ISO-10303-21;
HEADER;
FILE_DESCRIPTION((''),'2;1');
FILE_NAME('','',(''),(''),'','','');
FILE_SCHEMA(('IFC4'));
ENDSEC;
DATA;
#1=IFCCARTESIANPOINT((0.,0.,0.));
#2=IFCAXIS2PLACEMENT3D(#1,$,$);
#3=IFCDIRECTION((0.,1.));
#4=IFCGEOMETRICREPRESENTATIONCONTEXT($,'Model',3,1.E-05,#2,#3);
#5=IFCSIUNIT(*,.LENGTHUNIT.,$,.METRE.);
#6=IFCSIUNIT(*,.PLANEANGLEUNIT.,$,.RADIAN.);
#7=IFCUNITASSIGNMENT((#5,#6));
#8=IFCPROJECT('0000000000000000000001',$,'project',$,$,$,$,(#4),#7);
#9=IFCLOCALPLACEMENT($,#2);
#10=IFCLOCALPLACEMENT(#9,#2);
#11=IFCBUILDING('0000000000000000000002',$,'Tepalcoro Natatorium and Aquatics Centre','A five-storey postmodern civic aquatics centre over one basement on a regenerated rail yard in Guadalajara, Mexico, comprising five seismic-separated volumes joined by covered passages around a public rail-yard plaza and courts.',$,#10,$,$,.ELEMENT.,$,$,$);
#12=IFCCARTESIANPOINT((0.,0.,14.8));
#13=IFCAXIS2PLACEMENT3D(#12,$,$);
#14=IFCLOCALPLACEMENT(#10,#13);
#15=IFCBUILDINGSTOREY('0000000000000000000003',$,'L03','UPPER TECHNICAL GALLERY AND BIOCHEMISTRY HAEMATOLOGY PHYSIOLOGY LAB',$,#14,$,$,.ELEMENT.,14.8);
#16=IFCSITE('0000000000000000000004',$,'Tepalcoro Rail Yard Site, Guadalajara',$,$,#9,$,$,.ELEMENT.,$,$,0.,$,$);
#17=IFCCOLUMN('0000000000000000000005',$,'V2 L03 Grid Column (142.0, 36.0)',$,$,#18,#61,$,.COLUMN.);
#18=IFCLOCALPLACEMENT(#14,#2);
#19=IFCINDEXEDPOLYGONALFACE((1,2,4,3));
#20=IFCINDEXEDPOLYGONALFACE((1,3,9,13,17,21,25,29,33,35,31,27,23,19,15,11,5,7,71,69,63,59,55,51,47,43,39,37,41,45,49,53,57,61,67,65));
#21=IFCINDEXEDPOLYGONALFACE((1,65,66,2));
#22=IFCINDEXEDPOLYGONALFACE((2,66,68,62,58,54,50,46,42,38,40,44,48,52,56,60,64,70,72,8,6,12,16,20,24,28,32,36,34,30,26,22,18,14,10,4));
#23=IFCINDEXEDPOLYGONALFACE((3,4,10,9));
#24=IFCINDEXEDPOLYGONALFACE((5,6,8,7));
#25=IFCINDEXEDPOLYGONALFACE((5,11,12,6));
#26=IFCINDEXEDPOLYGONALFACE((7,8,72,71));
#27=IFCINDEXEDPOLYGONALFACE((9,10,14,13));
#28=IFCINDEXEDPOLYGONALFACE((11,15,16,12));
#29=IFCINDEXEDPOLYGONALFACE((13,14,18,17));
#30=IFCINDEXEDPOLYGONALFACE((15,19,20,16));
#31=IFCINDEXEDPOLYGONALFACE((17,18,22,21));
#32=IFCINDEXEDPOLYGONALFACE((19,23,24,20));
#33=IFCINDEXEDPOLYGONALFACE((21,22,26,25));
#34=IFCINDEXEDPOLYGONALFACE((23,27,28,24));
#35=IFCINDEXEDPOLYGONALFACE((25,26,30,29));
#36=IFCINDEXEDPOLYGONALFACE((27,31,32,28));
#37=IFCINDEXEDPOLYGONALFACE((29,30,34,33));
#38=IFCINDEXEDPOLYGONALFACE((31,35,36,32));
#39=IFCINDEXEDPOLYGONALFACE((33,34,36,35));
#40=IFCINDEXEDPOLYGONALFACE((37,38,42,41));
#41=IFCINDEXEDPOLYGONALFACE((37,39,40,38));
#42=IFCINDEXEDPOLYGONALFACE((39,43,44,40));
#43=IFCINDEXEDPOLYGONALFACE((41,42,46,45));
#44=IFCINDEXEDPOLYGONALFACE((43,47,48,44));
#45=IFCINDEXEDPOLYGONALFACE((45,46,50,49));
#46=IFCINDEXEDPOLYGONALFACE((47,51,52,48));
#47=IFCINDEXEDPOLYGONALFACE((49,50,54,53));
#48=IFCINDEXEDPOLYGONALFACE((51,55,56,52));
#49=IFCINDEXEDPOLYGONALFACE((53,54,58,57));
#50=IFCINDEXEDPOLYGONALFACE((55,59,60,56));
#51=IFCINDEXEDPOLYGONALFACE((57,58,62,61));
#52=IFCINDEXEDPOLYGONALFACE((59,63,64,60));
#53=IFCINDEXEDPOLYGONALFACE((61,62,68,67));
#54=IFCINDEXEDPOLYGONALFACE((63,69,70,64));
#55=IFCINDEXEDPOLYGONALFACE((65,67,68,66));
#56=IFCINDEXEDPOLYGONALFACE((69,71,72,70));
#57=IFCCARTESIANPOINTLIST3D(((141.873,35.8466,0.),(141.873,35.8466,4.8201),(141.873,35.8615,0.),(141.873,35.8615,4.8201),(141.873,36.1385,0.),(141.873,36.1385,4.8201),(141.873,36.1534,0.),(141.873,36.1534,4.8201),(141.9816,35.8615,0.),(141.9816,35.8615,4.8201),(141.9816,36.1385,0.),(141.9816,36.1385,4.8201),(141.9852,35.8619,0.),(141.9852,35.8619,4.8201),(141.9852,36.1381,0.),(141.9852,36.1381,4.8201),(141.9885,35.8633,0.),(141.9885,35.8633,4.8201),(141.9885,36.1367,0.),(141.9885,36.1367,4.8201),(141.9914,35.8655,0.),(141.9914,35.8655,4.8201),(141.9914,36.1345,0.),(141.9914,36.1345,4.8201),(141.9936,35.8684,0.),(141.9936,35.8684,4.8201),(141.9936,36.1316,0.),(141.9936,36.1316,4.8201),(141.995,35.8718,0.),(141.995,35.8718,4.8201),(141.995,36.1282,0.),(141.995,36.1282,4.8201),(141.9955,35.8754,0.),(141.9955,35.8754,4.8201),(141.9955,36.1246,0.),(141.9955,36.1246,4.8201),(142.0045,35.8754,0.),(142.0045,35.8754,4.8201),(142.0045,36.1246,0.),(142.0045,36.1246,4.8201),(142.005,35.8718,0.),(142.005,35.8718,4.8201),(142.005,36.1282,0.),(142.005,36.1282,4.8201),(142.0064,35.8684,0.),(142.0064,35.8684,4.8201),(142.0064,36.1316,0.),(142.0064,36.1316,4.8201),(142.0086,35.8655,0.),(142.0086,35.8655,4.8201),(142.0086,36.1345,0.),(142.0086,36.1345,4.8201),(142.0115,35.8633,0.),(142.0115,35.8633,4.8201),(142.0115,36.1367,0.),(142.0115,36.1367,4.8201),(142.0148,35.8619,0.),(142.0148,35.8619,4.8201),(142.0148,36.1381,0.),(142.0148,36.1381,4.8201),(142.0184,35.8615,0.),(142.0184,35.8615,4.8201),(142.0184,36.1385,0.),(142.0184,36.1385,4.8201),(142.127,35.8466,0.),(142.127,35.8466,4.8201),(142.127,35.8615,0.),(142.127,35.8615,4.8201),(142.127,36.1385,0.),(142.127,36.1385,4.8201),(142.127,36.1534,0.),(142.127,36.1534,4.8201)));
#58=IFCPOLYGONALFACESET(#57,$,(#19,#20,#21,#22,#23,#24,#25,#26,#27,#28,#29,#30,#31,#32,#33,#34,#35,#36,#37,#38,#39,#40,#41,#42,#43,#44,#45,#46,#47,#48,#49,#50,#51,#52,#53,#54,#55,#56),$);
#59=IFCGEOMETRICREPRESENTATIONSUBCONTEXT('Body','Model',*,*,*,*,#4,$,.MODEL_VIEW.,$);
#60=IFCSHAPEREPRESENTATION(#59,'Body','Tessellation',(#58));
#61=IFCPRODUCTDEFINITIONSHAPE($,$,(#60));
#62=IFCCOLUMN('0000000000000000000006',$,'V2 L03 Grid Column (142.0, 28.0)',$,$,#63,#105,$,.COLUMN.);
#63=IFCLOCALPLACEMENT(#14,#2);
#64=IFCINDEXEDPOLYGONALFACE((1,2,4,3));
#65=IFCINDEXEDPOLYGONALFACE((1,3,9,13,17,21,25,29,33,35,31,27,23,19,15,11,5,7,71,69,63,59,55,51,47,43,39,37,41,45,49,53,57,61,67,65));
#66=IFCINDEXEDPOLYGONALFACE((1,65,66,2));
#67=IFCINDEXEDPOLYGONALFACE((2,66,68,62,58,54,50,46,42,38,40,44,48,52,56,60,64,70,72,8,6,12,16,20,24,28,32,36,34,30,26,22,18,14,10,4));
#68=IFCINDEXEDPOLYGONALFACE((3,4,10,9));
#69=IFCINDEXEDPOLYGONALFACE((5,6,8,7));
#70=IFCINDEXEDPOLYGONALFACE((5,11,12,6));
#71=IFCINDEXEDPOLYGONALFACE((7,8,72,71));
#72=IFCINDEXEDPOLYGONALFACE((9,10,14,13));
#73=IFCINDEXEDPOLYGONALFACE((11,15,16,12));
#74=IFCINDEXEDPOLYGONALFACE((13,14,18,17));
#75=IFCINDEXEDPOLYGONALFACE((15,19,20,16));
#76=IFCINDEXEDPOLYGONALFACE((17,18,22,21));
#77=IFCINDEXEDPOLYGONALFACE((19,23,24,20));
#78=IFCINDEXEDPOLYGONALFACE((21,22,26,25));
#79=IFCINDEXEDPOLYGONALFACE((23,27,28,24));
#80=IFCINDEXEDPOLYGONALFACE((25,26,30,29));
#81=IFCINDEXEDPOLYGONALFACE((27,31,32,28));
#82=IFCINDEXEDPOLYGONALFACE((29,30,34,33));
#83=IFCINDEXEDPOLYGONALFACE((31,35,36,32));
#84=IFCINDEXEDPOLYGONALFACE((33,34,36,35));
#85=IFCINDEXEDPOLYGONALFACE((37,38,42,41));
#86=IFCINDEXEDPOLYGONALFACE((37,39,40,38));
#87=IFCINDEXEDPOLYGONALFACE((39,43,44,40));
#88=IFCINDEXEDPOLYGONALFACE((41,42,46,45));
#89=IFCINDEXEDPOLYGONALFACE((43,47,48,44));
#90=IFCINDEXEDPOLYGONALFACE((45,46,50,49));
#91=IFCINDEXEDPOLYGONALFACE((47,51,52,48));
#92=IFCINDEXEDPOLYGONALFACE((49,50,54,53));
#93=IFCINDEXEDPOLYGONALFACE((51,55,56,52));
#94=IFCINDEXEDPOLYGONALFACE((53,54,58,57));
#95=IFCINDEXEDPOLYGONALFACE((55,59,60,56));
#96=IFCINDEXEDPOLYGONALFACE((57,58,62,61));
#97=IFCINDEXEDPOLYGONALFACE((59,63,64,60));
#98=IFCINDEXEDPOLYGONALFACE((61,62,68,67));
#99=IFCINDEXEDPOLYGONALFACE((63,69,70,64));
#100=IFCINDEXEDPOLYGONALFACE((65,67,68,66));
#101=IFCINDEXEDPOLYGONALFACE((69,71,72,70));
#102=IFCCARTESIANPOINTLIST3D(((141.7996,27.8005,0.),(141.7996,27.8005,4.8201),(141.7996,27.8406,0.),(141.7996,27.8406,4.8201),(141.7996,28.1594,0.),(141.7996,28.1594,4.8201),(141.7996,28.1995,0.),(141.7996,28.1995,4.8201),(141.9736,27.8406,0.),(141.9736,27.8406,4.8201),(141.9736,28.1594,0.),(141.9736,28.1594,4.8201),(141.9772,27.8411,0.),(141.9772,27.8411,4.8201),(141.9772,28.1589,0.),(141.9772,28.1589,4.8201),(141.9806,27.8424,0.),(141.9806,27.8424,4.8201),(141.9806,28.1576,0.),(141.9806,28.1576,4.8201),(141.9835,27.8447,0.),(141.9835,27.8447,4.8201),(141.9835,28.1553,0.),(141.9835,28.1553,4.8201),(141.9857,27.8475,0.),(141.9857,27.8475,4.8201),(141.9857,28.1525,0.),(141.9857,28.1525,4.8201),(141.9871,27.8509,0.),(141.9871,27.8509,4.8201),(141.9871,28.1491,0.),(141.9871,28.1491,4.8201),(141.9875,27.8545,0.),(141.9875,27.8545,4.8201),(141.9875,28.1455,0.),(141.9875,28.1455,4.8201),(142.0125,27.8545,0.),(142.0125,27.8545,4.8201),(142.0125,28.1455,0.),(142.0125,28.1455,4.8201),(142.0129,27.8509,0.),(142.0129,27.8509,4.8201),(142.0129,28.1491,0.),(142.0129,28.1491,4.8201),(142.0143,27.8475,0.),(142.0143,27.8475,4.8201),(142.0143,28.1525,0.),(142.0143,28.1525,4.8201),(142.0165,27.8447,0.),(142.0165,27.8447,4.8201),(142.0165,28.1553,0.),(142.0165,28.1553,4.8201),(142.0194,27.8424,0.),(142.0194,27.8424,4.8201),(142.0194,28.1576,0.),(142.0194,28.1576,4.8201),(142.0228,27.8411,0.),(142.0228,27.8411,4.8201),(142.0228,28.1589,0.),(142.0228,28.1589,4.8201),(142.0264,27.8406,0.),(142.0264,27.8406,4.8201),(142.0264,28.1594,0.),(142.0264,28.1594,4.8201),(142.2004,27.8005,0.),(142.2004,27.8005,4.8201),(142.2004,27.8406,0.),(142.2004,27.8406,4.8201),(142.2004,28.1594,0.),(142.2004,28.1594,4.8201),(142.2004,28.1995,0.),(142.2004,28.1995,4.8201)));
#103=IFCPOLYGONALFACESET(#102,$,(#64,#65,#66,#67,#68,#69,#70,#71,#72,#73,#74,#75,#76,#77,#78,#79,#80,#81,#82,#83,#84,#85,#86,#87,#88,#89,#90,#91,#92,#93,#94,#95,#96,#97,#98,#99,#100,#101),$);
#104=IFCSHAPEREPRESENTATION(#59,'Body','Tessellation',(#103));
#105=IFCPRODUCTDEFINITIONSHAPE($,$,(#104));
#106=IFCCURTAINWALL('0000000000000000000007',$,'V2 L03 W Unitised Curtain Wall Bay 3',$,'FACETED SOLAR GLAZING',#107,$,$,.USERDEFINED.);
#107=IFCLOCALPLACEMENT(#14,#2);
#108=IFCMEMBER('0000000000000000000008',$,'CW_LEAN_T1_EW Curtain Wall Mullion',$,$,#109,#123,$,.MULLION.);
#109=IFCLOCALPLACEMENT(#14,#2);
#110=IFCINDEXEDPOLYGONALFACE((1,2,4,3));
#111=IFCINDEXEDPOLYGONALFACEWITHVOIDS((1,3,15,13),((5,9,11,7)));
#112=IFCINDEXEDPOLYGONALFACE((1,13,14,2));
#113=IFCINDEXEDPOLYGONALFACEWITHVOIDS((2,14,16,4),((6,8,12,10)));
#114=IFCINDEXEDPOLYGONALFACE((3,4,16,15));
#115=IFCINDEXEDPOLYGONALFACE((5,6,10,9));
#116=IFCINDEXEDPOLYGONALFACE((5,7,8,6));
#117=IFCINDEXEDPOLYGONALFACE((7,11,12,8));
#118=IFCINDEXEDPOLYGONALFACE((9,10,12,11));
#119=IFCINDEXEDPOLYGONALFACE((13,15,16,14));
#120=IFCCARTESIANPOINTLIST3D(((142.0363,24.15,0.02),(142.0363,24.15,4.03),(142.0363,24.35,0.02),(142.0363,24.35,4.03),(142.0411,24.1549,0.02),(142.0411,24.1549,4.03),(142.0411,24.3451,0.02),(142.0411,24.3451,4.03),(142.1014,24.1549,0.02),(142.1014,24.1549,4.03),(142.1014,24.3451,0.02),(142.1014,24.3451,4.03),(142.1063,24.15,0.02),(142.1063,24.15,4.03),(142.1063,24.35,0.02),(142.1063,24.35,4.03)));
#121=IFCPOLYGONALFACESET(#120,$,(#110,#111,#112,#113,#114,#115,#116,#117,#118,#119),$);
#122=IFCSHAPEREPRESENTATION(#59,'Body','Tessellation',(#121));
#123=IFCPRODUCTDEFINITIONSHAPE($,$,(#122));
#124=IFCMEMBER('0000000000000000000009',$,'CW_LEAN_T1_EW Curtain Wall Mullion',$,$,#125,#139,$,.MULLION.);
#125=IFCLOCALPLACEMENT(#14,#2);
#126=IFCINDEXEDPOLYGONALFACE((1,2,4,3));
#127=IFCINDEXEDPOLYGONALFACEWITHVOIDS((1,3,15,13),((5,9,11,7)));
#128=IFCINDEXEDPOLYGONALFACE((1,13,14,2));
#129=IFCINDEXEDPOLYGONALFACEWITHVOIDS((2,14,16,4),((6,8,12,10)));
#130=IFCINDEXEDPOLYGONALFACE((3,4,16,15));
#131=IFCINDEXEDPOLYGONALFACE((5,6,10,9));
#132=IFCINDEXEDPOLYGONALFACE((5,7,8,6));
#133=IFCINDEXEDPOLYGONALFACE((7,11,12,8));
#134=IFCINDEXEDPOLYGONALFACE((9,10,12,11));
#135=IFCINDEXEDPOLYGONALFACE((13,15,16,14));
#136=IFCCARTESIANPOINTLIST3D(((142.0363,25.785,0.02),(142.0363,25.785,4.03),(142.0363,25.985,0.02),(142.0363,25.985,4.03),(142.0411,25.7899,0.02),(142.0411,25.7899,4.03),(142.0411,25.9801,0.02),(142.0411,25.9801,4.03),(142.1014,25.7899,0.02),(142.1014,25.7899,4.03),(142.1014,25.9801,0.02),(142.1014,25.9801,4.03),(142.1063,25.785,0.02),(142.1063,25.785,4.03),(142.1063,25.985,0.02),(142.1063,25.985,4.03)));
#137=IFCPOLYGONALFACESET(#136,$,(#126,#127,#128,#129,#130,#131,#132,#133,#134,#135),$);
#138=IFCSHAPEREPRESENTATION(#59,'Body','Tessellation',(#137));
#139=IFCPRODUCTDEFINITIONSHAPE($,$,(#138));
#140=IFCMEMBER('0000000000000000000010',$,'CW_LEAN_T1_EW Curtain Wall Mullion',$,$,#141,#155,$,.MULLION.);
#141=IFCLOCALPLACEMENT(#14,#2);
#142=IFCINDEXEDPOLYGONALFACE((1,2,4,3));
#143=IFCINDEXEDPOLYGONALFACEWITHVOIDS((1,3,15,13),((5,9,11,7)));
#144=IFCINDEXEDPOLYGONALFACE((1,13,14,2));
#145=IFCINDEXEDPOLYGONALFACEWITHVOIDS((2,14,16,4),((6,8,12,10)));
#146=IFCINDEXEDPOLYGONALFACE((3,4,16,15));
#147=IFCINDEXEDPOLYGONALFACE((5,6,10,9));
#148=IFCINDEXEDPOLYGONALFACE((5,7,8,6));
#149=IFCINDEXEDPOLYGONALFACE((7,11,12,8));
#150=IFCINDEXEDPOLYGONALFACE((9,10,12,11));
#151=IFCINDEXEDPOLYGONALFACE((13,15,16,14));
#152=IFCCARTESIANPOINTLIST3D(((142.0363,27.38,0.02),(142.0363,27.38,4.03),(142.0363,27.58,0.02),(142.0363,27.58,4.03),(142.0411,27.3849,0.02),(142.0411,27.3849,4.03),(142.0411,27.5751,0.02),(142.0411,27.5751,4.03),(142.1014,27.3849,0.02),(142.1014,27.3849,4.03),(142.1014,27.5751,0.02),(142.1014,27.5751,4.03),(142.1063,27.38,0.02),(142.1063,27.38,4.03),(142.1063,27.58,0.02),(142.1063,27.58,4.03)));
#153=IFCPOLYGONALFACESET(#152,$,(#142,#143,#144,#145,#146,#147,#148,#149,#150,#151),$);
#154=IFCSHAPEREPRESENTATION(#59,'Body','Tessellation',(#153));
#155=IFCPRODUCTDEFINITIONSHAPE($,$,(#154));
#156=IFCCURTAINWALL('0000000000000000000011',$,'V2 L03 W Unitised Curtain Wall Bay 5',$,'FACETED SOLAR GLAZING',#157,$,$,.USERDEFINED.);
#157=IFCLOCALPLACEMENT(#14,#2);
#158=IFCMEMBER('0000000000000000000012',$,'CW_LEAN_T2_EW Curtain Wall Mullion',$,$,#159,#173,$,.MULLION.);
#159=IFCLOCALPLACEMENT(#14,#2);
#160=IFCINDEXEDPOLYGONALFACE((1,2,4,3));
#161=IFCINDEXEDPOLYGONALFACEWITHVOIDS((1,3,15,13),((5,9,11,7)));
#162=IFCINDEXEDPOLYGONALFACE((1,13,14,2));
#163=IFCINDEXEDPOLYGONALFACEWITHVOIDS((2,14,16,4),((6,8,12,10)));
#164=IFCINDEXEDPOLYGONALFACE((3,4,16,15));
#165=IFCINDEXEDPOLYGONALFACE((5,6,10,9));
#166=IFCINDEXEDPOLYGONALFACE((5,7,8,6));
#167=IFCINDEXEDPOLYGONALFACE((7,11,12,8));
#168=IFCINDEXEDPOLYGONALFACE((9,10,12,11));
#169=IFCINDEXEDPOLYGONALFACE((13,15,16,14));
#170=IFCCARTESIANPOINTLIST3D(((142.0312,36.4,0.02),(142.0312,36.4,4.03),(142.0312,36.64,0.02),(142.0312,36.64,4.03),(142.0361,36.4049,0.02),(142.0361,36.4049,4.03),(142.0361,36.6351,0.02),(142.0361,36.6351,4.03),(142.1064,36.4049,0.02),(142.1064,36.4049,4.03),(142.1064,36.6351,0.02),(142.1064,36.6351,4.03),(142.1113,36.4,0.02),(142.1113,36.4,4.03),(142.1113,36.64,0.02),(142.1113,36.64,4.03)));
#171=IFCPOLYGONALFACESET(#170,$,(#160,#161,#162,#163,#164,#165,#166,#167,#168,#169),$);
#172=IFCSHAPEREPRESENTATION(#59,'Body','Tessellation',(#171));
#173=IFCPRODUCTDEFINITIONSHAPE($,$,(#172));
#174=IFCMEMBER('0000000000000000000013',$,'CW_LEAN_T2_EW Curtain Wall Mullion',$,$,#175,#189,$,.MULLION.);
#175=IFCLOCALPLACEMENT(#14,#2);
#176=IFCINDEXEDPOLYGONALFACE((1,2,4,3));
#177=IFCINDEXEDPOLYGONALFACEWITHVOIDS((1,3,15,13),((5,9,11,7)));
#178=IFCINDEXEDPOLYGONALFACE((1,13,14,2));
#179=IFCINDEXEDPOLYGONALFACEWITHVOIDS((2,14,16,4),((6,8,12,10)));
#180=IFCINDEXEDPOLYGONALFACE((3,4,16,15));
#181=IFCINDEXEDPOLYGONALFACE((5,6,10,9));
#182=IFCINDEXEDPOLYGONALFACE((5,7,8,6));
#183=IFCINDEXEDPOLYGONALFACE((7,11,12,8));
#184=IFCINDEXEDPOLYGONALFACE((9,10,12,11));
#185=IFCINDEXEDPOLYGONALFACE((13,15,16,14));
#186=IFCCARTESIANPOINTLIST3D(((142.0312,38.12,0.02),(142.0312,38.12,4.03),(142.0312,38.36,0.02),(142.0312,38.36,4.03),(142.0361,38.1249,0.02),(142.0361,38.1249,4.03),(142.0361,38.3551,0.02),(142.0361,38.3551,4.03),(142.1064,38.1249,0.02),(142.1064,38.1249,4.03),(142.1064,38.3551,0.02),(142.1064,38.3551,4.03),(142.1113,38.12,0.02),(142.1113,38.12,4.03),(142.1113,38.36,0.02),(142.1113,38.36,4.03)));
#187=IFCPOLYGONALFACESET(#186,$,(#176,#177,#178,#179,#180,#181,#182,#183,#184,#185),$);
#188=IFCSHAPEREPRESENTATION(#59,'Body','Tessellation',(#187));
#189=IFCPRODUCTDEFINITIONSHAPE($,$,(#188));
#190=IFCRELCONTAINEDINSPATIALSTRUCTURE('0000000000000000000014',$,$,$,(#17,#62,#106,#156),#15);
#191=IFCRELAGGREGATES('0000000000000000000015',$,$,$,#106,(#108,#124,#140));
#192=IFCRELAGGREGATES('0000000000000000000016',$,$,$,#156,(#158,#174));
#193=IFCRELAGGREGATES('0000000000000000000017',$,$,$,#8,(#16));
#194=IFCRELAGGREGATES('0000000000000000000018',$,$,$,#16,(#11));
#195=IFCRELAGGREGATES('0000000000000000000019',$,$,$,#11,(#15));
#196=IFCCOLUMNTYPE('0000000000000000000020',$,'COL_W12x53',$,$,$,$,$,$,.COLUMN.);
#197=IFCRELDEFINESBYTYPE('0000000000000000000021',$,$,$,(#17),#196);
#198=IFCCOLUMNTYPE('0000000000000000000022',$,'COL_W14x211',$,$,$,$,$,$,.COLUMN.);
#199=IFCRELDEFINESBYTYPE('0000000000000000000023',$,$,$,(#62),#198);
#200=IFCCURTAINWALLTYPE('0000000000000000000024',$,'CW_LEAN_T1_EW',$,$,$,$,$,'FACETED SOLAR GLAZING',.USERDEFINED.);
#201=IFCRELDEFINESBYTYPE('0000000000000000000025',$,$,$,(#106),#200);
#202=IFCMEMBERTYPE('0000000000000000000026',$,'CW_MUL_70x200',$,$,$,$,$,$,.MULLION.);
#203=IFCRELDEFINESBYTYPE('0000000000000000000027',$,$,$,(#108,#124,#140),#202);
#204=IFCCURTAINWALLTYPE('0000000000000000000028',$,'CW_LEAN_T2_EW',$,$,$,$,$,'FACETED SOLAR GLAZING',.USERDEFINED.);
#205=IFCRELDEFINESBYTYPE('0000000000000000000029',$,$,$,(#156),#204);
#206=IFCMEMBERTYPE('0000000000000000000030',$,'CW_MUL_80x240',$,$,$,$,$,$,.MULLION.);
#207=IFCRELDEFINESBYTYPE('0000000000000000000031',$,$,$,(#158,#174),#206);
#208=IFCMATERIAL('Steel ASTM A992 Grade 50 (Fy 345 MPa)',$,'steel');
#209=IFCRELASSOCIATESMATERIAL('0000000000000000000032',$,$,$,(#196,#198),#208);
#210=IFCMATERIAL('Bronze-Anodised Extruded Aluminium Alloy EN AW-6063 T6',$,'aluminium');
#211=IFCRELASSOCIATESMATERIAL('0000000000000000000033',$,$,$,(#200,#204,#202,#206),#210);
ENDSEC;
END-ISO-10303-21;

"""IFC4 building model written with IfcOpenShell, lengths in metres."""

from ifc_helpers import new_model, si_unit, direction, frame, origin, origin_2d, place, context, subcontext, project, spatial, hollow_rectangle, i_section, extrude, material, material_profile, profile_set, type_object, element, aggregate, save


model = new_model("IFC4")

# Units and contexts
model_context = context("Model", 3, precision=1e-05, world=origin(), true_north=direction((0.0, 1.0)))
body_context = subcontext(model_context, "Body", "Model", "MODEL_VIEW")
ifc_project = project(units=[si_unit("LENGTHUNIT", "METRE"), si_unit("PLANEANGLEUNIT", "RADIAN")], contexts=[model_context])

# Site, building, storey
site_placement = place(None, origin())
site = spatial("IfcSite", under=ifc_project, at=site_placement, Name="Tepalcoro Rail Yard Site, Guadalajara", CompositionType="ELEMENT", RefElevation=0.0)
building_placement = place(site_placement, origin())
building = spatial("IfcBuilding", under=site, at=building_placement, Name="Tepalcoro Natatorium and Aquatics Centre", Description="A five-storey postmodern civic aquatics centre over one basement on a regenerated rail yard in Guadalajara, Mexico, comprising five seismic-separated volumes joined by covered passages around a public rail-yard plaza and courts.", CompositionType="ELEMENT")
storey_placement = place(building_placement, frame((0.0, 0.0, 14.8)))
storey = spatial("IfcBuildingStorey", under=building, at=storey_placement, Name="L03", Description="UPPER TECHNICAL GALLERY AND BIOCHEMISTRY HAEMATOLOGY PHYSIOLOGY LAB", CompositionType="ELEMENT", Elevation=14.8)

# Columns
ifc_material_1 = material(Name="Steel ASTM A992 Grade 50 (Fy 345 MPa)", Category="steel")
ifc_material_profile_1 = material_profile(ifc_material_1, i_section(OverallWidth=0.2539, OverallDepth=0.3069, WebThickness=0.009, FlangeThickness=0.0149, FilletRadius=0.0139, at=origin_2d()), Name="W12X53")
ifc_profile_set_1 = profile_set([ifc_material_profile_1], Name="Steel ASTM A992 Grade 50 (Fy 345 MPa)")
column_type_1 = type_object("IfcColumnType", Name="COL_W12x53", PredefinedType="COLUMN", material=ifc_profile_set_1)
column_1_placement = place(storey_placement, frame((142.0, 36.0, 0.0), z_axis=(0.0, 0.0, 1.0), x_axis=(1.0, 0.0, 0.0)))
element("IfcColumn", 1, at=column_1_placement, inside=storey, type_object=column_type_1, Name="V2 L03 Grid Column (142.0, 36.0)", PredefinedType="COLUMN", context=body_context, shape_type="SweptSolid", body=[
    extrude(i_section(OverallWidth=0.2539, OverallDepth=0.3069, WebThickness=0.009, FlangeThickness=0.0149, FilletRadius=0.0139, at=origin_2d()), origin(), (0.0, 0.0, 1.0), 4.8201),
])
ifc_material_profile_2 = material_profile(ifc_material_1, i_section(OverallWidth=0.4009, OverallDepth=0.3989, WebThickness=0.0249, FlangeThickness=0.04, FilletRadius=0.0139, at=origin_2d()), Name="W14X211")
ifc_profile_set_2 = profile_set([ifc_material_profile_2], Name="Steel ASTM A992 Grade 50 (Fy 345 MPa)")
column_type_2 = type_object("IfcColumnType", Name="COL_W14x211", PredefinedType="COLUMN", material=ifc_profile_set_2)
column_2_placement = place(storey_placement, frame((142.0, 28.0, 0.0), z_axis=(0.0, 0.0, 1.0), x_axis=(1.0, 0.0, 0.0)))
element("IfcColumn", 2, at=column_2_placement, inside=storey, type_object=column_type_2, Name="V2 L03 Grid Column (142.0, 28.0)", PredefinedType="COLUMN", context=body_context, shape_type="SweptSolid", body=[
    extrude(i_section(OverallWidth=0.4009, OverallDepth=0.3989, WebThickness=0.0249, FlangeThickness=0.04, FilletRadius=0.0139, at=origin_2d()), origin(), (0.0, 0.0, 1.0), 4.8201),
])

# Curtain walls, members
ifc_material_2 = material(Name="Bronze-Anodised Extruded Aluminium Alloy EN AW-6063 T6", Category="aluminium")
curtain_wall_type_1 = type_object("IfcCurtainWallType", Name="CW_LEAN_T1_EW", ElementType="FACETED SOLAR GLAZING", PredefinedType="USERDEFINED", material=ifc_material_2)
curtain_wall_1_placement = place(storey_placement, origin())
curtain_wall_1 = element("IfcCurtainWall", 3, at=curtain_wall_1_placement, inside=storey, type_object=curtain_wall_type_1, Name="V2 L03 W Unitised Curtain Wall Bay 3", ObjectType="FACETED SOLAR GLAZING", PredefinedType="USERDEFINED")
ifc_material_profile_3 = material_profile(ifc_material_2, hollow_rectangle(XDim=0.0701, YDim=0.2, WallThickness=0.0049, at=origin_2d()), Name="AL70X200X5")
ifc_profile_set_3 = profile_set([ifc_material_profile_3], Name="Bronze-Anodised Extruded Aluminium Alloy EN AW-6063 T6")
member_type_1 = type_object("IfcMemberType", Name="CW_MUL_70x200", PredefinedType="MULLION", material=ifc_profile_set_3)
member_1_placement = place(storey_placement, frame((142.0713, 24.25, 0.02), z_axis=(0.0, 0.0, 1.0), x_axis=(1.0, 0.0, 0.0)))
member_1 = element("IfcMember", 4, at=member_1_placement, type_object=member_type_1, Name="CW_LEAN_T1_EW Curtain Wall Mullion", PredefinedType="MULLION", context=body_context, shape_type="SweptSolid", body=[
    extrude(hollow_rectangle(XDim=0.0701, YDim=0.2, WallThickness=0.0049, at=origin_2d()), origin(), (0.0, 0.0, 1.0), 4.01),
])
member_2_placement = place(storey_placement, frame((142.0713, 25.885, 0.02), z_axis=(0.0, 0.0, 1.0), x_axis=(1.0, 0.0, 0.0)))
member_2 = element("IfcMember", 5, at=member_2_placement, type_object=member_type_1, Name="CW_LEAN_T1_EW Curtain Wall Mullion", PredefinedType="MULLION", context=body_context, shape_type="SweptSolid", body=[
    extrude(hollow_rectangle(XDim=0.0701, YDim=0.2, WallThickness=0.0049, at=origin_2d()), origin(), (0.0, 0.0, 1.0), 4.01),
])
member_3_placement = place(storey_placement, frame((142.0713, 27.48, 0.02), z_axis=(0.0, 0.0, 1.0), x_axis=(1.0, 0.0, 0.0)))
member_3 = element("IfcMember", 6, at=member_3_placement, type_object=member_type_1, Name="CW_LEAN_T1_EW Curtain Wall Mullion", PredefinedType="MULLION", context=body_context, shape_type="SweptSolid", body=[
    extrude(hollow_rectangle(XDim=0.0701, YDim=0.2, WallThickness=0.0049, at=origin_2d()), origin(), (0.0, 0.0, 1.0), 4.01),
])
curtain_wall_type_2 = type_object("IfcCurtainWallType", Name="CW_LEAN_T2_EW", ElementType="FACETED SOLAR GLAZING", PredefinedType="USERDEFINED", material=ifc_material_2)
curtain_wall_2_placement = place(storey_placement, origin())
curtain_wall_2 = element("IfcCurtainWall", 7, at=curtain_wall_2_placement, inside=storey, type_object=curtain_wall_type_2, Name="V2 L03 W Unitised Curtain Wall Bay 5", ObjectType="FACETED SOLAR GLAZING", PredefinedType="USERDEFINED")
ifc_material_profile_4 = material_profile(ifc_material_2, hollow_rectangle(XDim=0.0801, YDim=0.24, WallThickness=0.0049, at=origin_2d()), Name="AL80X240X5")
ifc_profile_set_4 = profile_set([ifc_material_profile_4], Name="Bronze-Anodised Extruded Aluminium Alloy EN AW-6063 T6")
member_type_2 = type_object("IfcMemberType", Name="CW_MUL_80x240", PredefinedType="MULLION", material=ifc_profile_set_4)
member_4_placement = place(storey_placement, frame((142.0713, 36.52, 0.02), z_axis=(0.0, 0.0, 1.0), x_axis=(1.0, 0.0, 0.0)))
member_4 = element("IfcMember", 8, at=member_4_placement, type_object=member_type_2, Name="CW_LEAN_T2_EW Curtain Wall Mullion", PredefinedType="MULLION", context=body_context, shape_type="SweptSolid", body=[
    extrude(hollow_rectangle(XDim=0.0801, YDim=0.24, WallThickness=0.0049, at=origin_2d()), origin(), (0.0, 0.0, 1.0), 4.01),
])
member_5_placement = place(storey_placement, frame((142.0713, 38.24, 0.02), z_axis=(0.0, 0.0, 1.0), x_axis=(1.0, 0.0, 0.0)))
member_5 = element("IfcMember", 9, at=member_5_placement, type_object=member_type_2, Name="CW_LEAN_T2_EW Curtain Wall Mullion", PredefinedType="MULLION", context=body_context, shape_type="SweptSolid", body=[
    extrude(hollow_rectangle(XDim=0.0801, YDim=0.24, WallThickness=0.0049, at=origin_2d()), origin(), (0.0, 0.0, 1.0), 4.01),
])

aggregate(curtain_wall_1, [member_1, member_2, member_3])
aggregate(curtain_wall_2, [member_4, member_5])

save(model, "model.ifc")
